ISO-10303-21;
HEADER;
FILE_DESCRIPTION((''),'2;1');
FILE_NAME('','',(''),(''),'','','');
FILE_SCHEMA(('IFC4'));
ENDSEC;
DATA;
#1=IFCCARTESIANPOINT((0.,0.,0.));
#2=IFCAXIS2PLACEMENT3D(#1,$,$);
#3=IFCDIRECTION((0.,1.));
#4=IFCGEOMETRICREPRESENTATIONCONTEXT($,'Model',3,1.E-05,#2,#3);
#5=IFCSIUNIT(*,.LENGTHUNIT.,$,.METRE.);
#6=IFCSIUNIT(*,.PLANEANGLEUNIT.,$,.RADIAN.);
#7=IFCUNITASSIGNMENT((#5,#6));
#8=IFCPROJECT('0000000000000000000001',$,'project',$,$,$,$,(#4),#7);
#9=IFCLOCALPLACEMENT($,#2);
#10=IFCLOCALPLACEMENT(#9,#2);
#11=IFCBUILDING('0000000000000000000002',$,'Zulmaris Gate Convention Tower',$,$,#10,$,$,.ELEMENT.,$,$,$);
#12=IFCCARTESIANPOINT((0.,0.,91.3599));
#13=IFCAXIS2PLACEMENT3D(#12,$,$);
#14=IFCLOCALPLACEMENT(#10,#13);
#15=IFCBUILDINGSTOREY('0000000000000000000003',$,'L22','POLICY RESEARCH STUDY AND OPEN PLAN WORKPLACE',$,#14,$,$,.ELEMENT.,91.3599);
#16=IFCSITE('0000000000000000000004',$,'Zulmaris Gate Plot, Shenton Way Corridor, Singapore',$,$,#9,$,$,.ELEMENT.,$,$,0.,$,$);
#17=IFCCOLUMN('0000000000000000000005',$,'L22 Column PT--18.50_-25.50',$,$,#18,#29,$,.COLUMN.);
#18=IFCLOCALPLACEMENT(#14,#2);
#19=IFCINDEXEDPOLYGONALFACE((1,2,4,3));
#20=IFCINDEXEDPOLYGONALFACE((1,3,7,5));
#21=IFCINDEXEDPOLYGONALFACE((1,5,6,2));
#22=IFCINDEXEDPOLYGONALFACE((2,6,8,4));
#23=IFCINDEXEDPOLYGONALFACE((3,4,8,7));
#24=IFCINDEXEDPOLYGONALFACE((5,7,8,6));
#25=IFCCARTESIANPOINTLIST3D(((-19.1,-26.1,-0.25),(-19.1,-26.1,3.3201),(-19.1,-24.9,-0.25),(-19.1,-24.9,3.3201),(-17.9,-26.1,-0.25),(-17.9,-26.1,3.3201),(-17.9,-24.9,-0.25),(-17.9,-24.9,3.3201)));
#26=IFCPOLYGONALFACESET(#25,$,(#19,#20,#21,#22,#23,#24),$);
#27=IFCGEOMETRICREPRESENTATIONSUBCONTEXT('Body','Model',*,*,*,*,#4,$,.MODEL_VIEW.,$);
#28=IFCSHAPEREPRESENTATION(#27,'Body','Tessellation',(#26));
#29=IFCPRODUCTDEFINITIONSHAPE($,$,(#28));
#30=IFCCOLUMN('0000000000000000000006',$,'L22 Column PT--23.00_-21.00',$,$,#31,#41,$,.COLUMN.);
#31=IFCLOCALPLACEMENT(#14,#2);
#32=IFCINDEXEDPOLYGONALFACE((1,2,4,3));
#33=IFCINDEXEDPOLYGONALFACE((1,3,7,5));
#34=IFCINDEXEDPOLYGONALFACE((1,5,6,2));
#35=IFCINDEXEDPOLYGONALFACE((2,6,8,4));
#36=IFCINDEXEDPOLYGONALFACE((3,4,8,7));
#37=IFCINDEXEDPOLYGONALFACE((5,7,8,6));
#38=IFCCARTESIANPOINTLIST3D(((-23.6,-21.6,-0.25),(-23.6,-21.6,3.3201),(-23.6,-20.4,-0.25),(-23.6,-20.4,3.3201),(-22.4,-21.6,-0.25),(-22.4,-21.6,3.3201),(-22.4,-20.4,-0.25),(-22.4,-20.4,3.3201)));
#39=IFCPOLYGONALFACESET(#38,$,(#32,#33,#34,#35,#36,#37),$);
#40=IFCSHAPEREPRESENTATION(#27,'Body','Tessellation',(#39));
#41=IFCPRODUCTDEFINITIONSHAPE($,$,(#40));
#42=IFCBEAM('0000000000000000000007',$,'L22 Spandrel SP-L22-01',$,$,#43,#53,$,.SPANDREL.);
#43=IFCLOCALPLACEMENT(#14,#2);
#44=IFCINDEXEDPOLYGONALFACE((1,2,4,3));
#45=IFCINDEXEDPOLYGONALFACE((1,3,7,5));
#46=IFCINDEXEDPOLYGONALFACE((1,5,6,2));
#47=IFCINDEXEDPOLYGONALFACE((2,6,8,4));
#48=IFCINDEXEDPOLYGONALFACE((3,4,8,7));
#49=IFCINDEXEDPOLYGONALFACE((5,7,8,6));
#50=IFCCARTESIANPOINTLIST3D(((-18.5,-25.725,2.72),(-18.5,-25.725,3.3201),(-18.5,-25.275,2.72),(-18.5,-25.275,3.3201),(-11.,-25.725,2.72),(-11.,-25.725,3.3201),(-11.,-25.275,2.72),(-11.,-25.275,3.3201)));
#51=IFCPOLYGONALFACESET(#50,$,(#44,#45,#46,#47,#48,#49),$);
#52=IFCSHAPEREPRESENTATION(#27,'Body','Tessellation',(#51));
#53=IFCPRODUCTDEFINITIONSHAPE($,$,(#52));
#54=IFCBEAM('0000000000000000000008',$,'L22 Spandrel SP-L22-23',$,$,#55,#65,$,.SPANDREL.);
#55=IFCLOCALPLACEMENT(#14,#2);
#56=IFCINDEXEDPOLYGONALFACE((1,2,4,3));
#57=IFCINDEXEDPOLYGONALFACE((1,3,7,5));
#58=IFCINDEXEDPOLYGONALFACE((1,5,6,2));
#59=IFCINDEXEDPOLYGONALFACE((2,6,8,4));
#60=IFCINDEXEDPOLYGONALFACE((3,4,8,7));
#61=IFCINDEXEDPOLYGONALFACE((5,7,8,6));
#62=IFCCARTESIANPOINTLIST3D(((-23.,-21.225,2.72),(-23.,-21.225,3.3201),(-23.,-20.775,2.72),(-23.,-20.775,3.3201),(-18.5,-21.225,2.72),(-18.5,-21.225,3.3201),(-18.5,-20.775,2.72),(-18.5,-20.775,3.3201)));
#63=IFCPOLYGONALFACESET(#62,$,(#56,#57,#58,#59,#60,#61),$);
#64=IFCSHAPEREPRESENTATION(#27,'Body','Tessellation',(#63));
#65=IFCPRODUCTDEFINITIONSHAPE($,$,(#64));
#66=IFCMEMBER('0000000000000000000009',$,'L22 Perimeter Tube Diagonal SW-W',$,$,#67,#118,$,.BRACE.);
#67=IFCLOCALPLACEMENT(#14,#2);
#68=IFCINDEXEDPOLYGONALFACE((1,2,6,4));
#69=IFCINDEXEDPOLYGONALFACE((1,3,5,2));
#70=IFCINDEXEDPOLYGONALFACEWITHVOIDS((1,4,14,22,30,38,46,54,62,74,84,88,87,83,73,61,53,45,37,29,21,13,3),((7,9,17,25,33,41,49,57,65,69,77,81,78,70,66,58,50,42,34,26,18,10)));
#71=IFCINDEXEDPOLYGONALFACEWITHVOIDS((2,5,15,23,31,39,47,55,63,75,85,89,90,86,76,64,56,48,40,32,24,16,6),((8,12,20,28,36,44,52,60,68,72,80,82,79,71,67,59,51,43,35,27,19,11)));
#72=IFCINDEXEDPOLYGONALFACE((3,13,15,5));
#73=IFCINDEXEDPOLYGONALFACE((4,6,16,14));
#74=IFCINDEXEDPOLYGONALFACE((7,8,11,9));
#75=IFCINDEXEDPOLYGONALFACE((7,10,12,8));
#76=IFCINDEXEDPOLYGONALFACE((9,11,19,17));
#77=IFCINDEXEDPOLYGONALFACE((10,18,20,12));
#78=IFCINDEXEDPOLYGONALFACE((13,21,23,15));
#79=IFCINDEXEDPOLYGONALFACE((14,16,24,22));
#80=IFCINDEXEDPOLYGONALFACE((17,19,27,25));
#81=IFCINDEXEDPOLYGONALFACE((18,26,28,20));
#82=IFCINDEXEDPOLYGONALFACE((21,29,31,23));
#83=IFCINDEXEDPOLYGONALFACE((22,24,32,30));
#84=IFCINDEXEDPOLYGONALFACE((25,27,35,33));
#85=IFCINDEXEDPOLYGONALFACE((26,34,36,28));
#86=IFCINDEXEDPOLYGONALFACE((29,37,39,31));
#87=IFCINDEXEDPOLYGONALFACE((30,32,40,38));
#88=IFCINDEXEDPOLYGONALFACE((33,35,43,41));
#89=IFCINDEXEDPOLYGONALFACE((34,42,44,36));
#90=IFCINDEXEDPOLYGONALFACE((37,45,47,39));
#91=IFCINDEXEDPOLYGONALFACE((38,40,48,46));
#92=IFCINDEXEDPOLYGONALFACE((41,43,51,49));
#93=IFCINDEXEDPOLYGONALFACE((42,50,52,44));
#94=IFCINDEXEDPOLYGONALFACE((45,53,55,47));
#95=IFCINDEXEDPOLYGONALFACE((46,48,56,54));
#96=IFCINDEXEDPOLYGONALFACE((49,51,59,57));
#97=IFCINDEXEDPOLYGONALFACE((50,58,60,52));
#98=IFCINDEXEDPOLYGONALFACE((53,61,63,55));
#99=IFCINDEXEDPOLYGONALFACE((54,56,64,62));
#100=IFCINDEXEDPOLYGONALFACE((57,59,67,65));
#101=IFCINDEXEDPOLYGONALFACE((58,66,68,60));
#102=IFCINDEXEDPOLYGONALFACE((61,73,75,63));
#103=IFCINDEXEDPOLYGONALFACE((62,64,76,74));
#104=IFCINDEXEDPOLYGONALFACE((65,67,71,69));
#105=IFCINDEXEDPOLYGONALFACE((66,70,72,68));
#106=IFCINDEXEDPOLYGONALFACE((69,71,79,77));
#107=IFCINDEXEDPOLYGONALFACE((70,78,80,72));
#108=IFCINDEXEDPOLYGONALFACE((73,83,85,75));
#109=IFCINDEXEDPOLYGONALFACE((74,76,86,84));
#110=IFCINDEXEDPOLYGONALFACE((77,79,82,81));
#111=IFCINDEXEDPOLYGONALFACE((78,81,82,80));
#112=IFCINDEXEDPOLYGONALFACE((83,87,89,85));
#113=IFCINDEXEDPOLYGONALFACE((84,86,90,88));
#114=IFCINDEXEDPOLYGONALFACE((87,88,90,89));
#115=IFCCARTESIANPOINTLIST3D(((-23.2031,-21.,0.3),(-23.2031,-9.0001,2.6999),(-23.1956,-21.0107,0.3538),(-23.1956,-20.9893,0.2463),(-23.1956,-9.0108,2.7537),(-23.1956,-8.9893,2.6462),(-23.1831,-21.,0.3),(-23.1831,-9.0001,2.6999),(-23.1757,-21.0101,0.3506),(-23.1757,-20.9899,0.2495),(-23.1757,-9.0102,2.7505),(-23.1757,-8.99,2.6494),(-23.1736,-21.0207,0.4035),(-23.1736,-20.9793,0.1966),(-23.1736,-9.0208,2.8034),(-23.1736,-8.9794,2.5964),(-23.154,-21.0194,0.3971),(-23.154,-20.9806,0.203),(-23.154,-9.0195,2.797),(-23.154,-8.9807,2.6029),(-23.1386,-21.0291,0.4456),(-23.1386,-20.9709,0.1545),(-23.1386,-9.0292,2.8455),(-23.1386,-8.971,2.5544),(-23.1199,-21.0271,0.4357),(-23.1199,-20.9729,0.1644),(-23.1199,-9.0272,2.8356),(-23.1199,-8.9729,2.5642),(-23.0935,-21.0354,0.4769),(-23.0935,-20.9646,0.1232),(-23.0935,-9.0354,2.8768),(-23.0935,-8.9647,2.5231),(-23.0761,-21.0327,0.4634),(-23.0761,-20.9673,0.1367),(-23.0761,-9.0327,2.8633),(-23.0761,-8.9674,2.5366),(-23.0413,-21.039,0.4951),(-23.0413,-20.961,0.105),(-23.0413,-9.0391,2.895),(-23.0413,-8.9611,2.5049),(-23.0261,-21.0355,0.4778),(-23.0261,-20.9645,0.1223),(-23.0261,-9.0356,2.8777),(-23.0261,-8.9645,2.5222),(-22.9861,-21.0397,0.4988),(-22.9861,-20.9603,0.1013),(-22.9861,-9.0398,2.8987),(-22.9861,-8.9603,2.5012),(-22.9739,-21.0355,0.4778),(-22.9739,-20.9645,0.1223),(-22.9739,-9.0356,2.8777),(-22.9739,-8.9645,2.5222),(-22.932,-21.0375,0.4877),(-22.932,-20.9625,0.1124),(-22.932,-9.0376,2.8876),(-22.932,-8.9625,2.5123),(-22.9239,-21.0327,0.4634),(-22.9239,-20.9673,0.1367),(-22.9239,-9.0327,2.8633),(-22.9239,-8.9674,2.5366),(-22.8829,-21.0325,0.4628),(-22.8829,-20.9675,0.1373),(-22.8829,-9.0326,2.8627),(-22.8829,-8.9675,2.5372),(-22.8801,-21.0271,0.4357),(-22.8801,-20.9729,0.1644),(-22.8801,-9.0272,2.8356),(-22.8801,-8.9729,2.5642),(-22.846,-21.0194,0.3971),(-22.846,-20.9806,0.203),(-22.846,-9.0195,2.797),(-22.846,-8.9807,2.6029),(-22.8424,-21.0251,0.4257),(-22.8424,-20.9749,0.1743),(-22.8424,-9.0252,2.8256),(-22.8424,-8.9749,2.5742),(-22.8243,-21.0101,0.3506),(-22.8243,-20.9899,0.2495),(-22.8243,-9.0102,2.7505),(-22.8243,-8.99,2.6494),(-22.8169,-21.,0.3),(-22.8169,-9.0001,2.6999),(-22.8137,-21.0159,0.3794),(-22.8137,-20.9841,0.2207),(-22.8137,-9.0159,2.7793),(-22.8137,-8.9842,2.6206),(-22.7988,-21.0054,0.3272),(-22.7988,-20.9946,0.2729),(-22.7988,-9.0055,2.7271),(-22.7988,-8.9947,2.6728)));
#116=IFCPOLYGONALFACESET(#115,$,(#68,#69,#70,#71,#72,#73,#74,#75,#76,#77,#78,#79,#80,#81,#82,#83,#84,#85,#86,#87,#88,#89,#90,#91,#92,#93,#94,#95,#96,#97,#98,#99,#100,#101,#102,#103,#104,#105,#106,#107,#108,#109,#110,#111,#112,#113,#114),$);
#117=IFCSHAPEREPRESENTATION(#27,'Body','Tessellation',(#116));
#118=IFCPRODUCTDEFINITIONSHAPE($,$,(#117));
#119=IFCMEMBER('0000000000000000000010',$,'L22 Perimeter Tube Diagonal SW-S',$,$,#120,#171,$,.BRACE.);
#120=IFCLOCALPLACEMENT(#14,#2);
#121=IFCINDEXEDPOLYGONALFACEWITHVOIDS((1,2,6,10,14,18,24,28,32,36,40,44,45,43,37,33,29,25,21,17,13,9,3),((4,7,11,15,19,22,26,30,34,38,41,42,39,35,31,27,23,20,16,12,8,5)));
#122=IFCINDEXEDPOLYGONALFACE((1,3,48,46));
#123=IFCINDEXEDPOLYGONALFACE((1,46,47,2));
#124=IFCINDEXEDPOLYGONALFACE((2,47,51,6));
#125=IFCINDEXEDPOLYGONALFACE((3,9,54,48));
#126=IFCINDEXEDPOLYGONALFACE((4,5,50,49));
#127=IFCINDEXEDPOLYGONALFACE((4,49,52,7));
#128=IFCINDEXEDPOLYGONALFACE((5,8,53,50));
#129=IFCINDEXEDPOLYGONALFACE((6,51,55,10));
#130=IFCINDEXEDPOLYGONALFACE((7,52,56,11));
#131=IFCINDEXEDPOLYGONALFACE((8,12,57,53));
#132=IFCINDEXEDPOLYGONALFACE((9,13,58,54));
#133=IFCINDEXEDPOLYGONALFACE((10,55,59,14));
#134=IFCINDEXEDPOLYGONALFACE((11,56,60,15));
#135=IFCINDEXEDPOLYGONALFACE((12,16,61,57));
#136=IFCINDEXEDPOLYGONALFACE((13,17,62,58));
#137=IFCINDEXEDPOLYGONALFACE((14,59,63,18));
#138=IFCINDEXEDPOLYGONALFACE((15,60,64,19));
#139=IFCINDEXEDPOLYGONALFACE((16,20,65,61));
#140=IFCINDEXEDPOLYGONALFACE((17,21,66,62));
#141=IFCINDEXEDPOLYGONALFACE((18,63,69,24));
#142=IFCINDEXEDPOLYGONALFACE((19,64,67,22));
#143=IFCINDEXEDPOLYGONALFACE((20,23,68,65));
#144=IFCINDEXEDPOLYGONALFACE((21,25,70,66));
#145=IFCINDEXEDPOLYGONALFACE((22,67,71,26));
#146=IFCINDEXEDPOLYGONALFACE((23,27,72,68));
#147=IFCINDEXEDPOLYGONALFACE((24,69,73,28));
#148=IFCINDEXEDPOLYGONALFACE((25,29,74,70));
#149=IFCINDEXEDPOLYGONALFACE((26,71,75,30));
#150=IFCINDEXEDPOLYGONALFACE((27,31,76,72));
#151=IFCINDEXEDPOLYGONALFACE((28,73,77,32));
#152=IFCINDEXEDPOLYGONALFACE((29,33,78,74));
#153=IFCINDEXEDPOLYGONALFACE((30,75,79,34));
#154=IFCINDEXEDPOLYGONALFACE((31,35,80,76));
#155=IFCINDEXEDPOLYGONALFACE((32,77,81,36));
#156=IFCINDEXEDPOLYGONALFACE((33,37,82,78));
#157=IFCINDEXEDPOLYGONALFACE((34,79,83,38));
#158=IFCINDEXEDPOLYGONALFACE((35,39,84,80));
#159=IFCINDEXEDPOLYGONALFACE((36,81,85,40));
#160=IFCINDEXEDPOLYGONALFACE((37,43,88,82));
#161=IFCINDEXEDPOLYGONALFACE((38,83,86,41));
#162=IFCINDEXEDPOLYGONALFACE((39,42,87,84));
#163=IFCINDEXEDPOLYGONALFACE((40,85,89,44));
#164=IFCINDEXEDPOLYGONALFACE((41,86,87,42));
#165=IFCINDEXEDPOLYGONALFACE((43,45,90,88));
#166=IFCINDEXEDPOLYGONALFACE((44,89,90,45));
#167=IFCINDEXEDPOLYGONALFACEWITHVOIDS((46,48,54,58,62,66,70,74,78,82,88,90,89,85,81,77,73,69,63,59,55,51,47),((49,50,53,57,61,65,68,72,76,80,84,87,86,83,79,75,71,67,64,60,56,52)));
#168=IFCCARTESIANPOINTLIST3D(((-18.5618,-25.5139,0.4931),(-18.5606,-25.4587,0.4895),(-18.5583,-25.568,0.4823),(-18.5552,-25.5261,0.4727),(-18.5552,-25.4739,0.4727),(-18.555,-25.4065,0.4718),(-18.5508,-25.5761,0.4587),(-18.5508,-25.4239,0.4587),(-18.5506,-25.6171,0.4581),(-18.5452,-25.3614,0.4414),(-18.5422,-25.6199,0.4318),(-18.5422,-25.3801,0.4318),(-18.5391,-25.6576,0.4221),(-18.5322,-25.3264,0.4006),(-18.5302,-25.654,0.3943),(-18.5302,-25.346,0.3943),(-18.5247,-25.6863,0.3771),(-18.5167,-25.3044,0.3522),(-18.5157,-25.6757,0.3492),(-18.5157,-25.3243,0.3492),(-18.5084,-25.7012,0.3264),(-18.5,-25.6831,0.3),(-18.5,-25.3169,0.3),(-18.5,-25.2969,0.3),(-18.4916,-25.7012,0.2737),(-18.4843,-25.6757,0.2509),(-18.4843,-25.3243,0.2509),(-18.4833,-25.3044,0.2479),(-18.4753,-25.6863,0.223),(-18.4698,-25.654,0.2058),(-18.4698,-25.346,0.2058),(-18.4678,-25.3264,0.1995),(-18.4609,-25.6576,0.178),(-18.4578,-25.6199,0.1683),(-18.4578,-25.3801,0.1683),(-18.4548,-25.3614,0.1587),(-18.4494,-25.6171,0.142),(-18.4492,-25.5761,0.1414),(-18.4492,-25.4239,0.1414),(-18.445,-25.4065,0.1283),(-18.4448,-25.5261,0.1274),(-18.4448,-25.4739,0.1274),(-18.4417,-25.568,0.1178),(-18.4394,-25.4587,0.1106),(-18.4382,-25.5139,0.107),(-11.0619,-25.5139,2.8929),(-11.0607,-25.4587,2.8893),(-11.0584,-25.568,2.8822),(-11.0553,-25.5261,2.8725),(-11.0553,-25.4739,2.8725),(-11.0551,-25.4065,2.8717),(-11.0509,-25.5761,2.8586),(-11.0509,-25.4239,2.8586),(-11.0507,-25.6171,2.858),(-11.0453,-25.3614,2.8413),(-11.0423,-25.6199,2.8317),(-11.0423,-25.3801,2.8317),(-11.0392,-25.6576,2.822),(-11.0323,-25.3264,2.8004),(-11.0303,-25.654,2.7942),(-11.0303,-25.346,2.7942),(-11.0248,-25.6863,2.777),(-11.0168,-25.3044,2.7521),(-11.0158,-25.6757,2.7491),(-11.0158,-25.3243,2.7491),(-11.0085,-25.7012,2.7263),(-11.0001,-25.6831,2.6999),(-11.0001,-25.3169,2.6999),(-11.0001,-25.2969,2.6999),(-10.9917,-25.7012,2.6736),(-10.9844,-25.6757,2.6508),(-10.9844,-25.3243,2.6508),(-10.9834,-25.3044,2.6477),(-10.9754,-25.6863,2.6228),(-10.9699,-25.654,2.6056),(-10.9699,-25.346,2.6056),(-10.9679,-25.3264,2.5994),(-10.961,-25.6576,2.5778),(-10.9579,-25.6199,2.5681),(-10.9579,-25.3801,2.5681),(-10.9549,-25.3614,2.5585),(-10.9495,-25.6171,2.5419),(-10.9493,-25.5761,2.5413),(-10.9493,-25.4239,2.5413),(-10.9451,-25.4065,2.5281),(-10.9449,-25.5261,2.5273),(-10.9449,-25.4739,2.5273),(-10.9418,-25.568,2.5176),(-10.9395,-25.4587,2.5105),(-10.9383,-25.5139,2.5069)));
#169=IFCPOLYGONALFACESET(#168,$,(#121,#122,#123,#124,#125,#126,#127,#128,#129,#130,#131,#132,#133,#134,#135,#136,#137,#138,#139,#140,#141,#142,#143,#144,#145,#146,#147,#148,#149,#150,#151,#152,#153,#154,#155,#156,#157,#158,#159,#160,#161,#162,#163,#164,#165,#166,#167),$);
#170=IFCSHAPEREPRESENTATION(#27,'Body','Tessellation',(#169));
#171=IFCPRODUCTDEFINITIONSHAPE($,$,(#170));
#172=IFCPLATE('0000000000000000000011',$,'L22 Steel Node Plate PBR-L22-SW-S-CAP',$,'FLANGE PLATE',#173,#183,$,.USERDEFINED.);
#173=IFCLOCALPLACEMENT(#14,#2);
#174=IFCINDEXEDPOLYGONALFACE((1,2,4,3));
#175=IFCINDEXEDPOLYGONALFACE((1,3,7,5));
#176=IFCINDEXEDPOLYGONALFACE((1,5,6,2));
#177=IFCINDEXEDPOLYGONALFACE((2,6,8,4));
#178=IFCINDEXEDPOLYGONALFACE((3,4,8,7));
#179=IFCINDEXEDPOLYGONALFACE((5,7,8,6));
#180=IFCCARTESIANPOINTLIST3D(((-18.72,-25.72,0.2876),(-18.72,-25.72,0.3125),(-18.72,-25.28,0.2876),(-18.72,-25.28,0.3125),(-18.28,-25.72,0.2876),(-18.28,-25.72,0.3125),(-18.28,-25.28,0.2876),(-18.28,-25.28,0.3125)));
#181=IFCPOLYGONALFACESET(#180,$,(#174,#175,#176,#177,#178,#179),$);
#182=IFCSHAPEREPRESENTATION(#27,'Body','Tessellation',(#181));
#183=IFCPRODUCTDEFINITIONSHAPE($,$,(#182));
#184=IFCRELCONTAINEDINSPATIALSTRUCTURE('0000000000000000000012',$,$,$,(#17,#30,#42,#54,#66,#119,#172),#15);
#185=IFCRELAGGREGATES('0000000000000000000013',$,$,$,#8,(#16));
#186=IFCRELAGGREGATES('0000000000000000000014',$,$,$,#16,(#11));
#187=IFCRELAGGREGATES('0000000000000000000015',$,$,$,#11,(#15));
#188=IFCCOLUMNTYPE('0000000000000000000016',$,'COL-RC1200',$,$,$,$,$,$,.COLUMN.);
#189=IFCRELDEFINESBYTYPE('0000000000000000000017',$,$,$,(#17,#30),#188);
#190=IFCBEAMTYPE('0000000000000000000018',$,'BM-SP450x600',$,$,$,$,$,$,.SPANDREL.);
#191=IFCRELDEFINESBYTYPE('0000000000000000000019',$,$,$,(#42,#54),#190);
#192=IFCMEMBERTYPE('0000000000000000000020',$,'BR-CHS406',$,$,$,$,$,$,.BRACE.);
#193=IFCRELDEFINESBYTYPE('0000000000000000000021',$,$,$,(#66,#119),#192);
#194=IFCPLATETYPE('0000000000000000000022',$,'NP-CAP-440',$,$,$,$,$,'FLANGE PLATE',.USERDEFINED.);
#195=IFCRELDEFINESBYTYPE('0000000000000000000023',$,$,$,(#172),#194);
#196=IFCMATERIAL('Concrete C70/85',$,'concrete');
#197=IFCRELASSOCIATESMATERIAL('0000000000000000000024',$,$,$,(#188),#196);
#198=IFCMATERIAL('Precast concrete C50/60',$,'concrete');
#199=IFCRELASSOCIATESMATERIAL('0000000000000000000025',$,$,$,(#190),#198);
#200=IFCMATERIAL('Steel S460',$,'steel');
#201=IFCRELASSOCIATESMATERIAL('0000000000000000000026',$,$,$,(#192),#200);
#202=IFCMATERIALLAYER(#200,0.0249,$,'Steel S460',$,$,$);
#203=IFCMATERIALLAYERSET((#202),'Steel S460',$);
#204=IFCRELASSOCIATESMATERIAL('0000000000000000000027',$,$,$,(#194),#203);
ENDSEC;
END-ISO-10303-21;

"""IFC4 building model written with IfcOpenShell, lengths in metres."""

from ifc_helpers import new_model, si_unit, direction, frame, origin, origin_2d, place, context, subcontext, project, spatial, rectangle, hollow_circle, extrude, material, layer, layer_set, material_profile, profile_set, type_object, element, save


model = new_model("IFC4")

# Units and contexts
model_context = context("Model", 3, precision=1e-05, world=origin(), true_north=direction((0.0, 1.0)))
body_context = subcontext(model_context, "Body", "Model", "MODEL_VIEW")
ifc_project = project(units=[si_unit("LENGTHUNIT", "METRE"), si_unit("PLANEANGLEUNIT", "RADIAN")], contexts=[model_context])

# Site, building, storey
site_placement = place(None, origin())
site = spatial("IfcSite", under=ifc_project, at=site_placement, Name="Zulmaris Gate Plot, Shenton Way Corridor, Singapore", CompositionType="ELEMENT", RefElevation=0.0)
building_placement = place(site_placement, origin())
building = spatial("IfcBuilding", under=site, at=building_placement, Name="Zulmaris Gate Convention Tower", CompositionType="ELEMENT")
storey_placement = place(building_placement, frame((0.0, 0.0, 91.3599)))
storey = spatial("IfcBuildingStorey", under=building, at=storey_placement, Name="L22", Description="POLICY RESEARCH STUDY AND OPEN PLAN WORKPLACE", CompositionType="ELEMENT", Elevation=91.3599)

# Columns
ifc_material_1 = material(Name="Concrete C70/85", Category="concrete")
ifc_material_profile_1 = material_profile(ifc_material_1, rectangle(XDim=1.2, YDim=1.2, at=origin_2d()), Name="RC COL 1200x1200")
ifc_profile_set_1 = profile_set([ifc_material_profile_1], Name="Concrete C70/85")
column_type = type_object("IfcColumnType", Name="COL-RC1200", PredefinedType="COLUMN", material=ifc_profile_set_1)
for number, where, z_axis, x_axis, name in (
    (1, (-18.5, -25.5, -0.25), (0.0, 0.0, 1.0), (1.0, 0.0, 0.0), "L22 Column PT--18.50_-25.50"),
    (2, (-23.0, -21.0, -0.25), (0.0, 0.0, 1.0), (1.0, 0.0, 0.0), "L22 Column PT--23.00_-21.00"),
):
    element("IfcColumn", number, at=place(storey_placement, frame(where, z_axis=z_axis, x_axis=x_axis)), inside=storey, type_object=column_type, Name=name, PredefinedType="COLUMN", context=body_context, shape_type="SweptSolid", body=[
        extrude(rectangle(XDim=1.2, YDim=1.2, at=origin_2d()), origin(), (0.0, 0.0, 1.0), 3.5701),
    ])

# Beams
ifc_material_2 = material(Name="Precast concrete C50/60", Category="concrete")
ifc_material_profile_2 = material_profile(ifc_material_2, rectangle(XDim=0.45, YDim=0.6001, at=origin_2d()), Name="RC SPANDREL 450x600")
ifc_profile_set_2 = profile_set([ifc_material_profile_2], Name="Precast concrete C50/60")
beam_type = type_object("IfcBeamType", Name="BM-SP450x600", PredefinedType="SPANDREL", material=ifc_profile_set_2)
beam_1_placement = place(storey_placement, frame((-18.5, -25.5, 3.02), z_axis=(1.0, 0.0, 0.0), x_axis=(0.0, 1.0, 0.0)))
element("IfcBeam", 3, at=beam_1_placement, inside=storey, type_object=beam_type, Name="L22 Spandrel SP-L22-01", PredefinedType="SPANDREL", context=body_context, shape_type="SweptSolid", body=[
    extrude(rectangle(XDim=0.45, YDim=0.6001, at=origin_2d()), origin(), (0.0, 0.0, 1.0), 7.5),
])
beam_2_placement = place(storey_placement, frame((-23.0, -21.0, 3.02), z_axis=(1.0, 0.0, 0.0), x_axis=(0.0, 1.0, 0.0)))
element("IfcBeam", 4, at=beam_2_placement, inside=storey, type_object=beam_type, Name="L22 Spandrel SP-L22-23", PredefinedType="SPANDREL", context=body_context, shape_type="SweptSolid", body=[
    extrude(rectangle(XDim=0.45, YDim=0.6001, at=origin_2d()), origin(), (0.0, 0.0, 1.0), 4.5),
])

# Members
ifc_material_3 = material(Name="Steel S460", Category="steel")
ifc_material_profile_3 = material_profile(ifc_material_3, hollow_circle(Radius=0.2031, WallThickness=0.02, at=origin_2d()), Name="CHS 406.4x20")
ifc_profile_set_3 = profile_set([ifc_material_profile_3], Name="Steel S460")
member_type = type_object("IfcMemberType", Name="BR-CHS406", PredefinedType="BRACE", material=ifc_profile_set_3)
member_1_placement = place(storey_placement, frame((-23.0, -21.0, 0.3), z_axis=(0.0, 0.980582, 0.196108), x_axis=(-1.0, 0.0, 0.0)))
element("IfcMember", 5, at=member_1_placement, inside=storey, type_object=member_type, Name="L22 Perimeter Tube Diagonal SW-W", PredefinedType="BRACE", context=body_context, shape_type="SweptSolid", body=[
    extrude(hollow_circle(Radius=0.2031, WallThickness=0.02, at=origin_2d()), origin(), (0.0, 0.0, 1.0), 12.2375),
])
member_2_placement = place(storey_placement, frame((-18.5, -25.5, 0.3), z_axis=(0.952428, 0.0, 0.304764), x_axis=(0.0, 1.0, 0.0)))
element("IfcMember", 6, at=member_2_placement, inside=storey, type_object=member_type, Name="L22 Perimeter Tube Diagonal SW-S", PredefinedType="BRACE", context=body_context, shape_type="SweptSolid", body=[
    extrude(hollow_circle(Radius=0.2031, WallThickness=0.02, at=origin_2d()), origin(), (0.0, 0.0, 1.0), 7.8745),
])

# Plate
ifc_layer_1 = layer(ifc_material_3, 0.0249, Name="Steel S460")
ifc_layer_set_1 = layer_set([ifc_layer_1], Name="Steel S460")
plate_type = type_object("IfcPlateType", Name="NP-CAP-440", ElementType="FLANGE PLATE", PredefinedType="USERDEFINED", material=ifc_layer_set_1)
plate_placement = place(storey_placement, frame((-18.5, -25.5, 0.2876), z_axis=(0.0, 0.0, 1.0), x_axis=(1.0, 0.0, 0.0)))
element("IfcPlate", 7, at=plate_placement, inside=storey, type_object=plate_type, Name="L22 Steel Node Plate PBR-L22-SW-S-CAP", ObjectType="FLANGE PLATE", PredefinedType="USERDEFINED", context=body_context, shape_type="SweptSolid", body=[
    extrude(rectangle(XDim=0.4399, YDim=0.4399, at=origin_2d()), origin(), (0.0, 0.0, 1.0), 0.0249),
])

save(model, "model.ifc")
